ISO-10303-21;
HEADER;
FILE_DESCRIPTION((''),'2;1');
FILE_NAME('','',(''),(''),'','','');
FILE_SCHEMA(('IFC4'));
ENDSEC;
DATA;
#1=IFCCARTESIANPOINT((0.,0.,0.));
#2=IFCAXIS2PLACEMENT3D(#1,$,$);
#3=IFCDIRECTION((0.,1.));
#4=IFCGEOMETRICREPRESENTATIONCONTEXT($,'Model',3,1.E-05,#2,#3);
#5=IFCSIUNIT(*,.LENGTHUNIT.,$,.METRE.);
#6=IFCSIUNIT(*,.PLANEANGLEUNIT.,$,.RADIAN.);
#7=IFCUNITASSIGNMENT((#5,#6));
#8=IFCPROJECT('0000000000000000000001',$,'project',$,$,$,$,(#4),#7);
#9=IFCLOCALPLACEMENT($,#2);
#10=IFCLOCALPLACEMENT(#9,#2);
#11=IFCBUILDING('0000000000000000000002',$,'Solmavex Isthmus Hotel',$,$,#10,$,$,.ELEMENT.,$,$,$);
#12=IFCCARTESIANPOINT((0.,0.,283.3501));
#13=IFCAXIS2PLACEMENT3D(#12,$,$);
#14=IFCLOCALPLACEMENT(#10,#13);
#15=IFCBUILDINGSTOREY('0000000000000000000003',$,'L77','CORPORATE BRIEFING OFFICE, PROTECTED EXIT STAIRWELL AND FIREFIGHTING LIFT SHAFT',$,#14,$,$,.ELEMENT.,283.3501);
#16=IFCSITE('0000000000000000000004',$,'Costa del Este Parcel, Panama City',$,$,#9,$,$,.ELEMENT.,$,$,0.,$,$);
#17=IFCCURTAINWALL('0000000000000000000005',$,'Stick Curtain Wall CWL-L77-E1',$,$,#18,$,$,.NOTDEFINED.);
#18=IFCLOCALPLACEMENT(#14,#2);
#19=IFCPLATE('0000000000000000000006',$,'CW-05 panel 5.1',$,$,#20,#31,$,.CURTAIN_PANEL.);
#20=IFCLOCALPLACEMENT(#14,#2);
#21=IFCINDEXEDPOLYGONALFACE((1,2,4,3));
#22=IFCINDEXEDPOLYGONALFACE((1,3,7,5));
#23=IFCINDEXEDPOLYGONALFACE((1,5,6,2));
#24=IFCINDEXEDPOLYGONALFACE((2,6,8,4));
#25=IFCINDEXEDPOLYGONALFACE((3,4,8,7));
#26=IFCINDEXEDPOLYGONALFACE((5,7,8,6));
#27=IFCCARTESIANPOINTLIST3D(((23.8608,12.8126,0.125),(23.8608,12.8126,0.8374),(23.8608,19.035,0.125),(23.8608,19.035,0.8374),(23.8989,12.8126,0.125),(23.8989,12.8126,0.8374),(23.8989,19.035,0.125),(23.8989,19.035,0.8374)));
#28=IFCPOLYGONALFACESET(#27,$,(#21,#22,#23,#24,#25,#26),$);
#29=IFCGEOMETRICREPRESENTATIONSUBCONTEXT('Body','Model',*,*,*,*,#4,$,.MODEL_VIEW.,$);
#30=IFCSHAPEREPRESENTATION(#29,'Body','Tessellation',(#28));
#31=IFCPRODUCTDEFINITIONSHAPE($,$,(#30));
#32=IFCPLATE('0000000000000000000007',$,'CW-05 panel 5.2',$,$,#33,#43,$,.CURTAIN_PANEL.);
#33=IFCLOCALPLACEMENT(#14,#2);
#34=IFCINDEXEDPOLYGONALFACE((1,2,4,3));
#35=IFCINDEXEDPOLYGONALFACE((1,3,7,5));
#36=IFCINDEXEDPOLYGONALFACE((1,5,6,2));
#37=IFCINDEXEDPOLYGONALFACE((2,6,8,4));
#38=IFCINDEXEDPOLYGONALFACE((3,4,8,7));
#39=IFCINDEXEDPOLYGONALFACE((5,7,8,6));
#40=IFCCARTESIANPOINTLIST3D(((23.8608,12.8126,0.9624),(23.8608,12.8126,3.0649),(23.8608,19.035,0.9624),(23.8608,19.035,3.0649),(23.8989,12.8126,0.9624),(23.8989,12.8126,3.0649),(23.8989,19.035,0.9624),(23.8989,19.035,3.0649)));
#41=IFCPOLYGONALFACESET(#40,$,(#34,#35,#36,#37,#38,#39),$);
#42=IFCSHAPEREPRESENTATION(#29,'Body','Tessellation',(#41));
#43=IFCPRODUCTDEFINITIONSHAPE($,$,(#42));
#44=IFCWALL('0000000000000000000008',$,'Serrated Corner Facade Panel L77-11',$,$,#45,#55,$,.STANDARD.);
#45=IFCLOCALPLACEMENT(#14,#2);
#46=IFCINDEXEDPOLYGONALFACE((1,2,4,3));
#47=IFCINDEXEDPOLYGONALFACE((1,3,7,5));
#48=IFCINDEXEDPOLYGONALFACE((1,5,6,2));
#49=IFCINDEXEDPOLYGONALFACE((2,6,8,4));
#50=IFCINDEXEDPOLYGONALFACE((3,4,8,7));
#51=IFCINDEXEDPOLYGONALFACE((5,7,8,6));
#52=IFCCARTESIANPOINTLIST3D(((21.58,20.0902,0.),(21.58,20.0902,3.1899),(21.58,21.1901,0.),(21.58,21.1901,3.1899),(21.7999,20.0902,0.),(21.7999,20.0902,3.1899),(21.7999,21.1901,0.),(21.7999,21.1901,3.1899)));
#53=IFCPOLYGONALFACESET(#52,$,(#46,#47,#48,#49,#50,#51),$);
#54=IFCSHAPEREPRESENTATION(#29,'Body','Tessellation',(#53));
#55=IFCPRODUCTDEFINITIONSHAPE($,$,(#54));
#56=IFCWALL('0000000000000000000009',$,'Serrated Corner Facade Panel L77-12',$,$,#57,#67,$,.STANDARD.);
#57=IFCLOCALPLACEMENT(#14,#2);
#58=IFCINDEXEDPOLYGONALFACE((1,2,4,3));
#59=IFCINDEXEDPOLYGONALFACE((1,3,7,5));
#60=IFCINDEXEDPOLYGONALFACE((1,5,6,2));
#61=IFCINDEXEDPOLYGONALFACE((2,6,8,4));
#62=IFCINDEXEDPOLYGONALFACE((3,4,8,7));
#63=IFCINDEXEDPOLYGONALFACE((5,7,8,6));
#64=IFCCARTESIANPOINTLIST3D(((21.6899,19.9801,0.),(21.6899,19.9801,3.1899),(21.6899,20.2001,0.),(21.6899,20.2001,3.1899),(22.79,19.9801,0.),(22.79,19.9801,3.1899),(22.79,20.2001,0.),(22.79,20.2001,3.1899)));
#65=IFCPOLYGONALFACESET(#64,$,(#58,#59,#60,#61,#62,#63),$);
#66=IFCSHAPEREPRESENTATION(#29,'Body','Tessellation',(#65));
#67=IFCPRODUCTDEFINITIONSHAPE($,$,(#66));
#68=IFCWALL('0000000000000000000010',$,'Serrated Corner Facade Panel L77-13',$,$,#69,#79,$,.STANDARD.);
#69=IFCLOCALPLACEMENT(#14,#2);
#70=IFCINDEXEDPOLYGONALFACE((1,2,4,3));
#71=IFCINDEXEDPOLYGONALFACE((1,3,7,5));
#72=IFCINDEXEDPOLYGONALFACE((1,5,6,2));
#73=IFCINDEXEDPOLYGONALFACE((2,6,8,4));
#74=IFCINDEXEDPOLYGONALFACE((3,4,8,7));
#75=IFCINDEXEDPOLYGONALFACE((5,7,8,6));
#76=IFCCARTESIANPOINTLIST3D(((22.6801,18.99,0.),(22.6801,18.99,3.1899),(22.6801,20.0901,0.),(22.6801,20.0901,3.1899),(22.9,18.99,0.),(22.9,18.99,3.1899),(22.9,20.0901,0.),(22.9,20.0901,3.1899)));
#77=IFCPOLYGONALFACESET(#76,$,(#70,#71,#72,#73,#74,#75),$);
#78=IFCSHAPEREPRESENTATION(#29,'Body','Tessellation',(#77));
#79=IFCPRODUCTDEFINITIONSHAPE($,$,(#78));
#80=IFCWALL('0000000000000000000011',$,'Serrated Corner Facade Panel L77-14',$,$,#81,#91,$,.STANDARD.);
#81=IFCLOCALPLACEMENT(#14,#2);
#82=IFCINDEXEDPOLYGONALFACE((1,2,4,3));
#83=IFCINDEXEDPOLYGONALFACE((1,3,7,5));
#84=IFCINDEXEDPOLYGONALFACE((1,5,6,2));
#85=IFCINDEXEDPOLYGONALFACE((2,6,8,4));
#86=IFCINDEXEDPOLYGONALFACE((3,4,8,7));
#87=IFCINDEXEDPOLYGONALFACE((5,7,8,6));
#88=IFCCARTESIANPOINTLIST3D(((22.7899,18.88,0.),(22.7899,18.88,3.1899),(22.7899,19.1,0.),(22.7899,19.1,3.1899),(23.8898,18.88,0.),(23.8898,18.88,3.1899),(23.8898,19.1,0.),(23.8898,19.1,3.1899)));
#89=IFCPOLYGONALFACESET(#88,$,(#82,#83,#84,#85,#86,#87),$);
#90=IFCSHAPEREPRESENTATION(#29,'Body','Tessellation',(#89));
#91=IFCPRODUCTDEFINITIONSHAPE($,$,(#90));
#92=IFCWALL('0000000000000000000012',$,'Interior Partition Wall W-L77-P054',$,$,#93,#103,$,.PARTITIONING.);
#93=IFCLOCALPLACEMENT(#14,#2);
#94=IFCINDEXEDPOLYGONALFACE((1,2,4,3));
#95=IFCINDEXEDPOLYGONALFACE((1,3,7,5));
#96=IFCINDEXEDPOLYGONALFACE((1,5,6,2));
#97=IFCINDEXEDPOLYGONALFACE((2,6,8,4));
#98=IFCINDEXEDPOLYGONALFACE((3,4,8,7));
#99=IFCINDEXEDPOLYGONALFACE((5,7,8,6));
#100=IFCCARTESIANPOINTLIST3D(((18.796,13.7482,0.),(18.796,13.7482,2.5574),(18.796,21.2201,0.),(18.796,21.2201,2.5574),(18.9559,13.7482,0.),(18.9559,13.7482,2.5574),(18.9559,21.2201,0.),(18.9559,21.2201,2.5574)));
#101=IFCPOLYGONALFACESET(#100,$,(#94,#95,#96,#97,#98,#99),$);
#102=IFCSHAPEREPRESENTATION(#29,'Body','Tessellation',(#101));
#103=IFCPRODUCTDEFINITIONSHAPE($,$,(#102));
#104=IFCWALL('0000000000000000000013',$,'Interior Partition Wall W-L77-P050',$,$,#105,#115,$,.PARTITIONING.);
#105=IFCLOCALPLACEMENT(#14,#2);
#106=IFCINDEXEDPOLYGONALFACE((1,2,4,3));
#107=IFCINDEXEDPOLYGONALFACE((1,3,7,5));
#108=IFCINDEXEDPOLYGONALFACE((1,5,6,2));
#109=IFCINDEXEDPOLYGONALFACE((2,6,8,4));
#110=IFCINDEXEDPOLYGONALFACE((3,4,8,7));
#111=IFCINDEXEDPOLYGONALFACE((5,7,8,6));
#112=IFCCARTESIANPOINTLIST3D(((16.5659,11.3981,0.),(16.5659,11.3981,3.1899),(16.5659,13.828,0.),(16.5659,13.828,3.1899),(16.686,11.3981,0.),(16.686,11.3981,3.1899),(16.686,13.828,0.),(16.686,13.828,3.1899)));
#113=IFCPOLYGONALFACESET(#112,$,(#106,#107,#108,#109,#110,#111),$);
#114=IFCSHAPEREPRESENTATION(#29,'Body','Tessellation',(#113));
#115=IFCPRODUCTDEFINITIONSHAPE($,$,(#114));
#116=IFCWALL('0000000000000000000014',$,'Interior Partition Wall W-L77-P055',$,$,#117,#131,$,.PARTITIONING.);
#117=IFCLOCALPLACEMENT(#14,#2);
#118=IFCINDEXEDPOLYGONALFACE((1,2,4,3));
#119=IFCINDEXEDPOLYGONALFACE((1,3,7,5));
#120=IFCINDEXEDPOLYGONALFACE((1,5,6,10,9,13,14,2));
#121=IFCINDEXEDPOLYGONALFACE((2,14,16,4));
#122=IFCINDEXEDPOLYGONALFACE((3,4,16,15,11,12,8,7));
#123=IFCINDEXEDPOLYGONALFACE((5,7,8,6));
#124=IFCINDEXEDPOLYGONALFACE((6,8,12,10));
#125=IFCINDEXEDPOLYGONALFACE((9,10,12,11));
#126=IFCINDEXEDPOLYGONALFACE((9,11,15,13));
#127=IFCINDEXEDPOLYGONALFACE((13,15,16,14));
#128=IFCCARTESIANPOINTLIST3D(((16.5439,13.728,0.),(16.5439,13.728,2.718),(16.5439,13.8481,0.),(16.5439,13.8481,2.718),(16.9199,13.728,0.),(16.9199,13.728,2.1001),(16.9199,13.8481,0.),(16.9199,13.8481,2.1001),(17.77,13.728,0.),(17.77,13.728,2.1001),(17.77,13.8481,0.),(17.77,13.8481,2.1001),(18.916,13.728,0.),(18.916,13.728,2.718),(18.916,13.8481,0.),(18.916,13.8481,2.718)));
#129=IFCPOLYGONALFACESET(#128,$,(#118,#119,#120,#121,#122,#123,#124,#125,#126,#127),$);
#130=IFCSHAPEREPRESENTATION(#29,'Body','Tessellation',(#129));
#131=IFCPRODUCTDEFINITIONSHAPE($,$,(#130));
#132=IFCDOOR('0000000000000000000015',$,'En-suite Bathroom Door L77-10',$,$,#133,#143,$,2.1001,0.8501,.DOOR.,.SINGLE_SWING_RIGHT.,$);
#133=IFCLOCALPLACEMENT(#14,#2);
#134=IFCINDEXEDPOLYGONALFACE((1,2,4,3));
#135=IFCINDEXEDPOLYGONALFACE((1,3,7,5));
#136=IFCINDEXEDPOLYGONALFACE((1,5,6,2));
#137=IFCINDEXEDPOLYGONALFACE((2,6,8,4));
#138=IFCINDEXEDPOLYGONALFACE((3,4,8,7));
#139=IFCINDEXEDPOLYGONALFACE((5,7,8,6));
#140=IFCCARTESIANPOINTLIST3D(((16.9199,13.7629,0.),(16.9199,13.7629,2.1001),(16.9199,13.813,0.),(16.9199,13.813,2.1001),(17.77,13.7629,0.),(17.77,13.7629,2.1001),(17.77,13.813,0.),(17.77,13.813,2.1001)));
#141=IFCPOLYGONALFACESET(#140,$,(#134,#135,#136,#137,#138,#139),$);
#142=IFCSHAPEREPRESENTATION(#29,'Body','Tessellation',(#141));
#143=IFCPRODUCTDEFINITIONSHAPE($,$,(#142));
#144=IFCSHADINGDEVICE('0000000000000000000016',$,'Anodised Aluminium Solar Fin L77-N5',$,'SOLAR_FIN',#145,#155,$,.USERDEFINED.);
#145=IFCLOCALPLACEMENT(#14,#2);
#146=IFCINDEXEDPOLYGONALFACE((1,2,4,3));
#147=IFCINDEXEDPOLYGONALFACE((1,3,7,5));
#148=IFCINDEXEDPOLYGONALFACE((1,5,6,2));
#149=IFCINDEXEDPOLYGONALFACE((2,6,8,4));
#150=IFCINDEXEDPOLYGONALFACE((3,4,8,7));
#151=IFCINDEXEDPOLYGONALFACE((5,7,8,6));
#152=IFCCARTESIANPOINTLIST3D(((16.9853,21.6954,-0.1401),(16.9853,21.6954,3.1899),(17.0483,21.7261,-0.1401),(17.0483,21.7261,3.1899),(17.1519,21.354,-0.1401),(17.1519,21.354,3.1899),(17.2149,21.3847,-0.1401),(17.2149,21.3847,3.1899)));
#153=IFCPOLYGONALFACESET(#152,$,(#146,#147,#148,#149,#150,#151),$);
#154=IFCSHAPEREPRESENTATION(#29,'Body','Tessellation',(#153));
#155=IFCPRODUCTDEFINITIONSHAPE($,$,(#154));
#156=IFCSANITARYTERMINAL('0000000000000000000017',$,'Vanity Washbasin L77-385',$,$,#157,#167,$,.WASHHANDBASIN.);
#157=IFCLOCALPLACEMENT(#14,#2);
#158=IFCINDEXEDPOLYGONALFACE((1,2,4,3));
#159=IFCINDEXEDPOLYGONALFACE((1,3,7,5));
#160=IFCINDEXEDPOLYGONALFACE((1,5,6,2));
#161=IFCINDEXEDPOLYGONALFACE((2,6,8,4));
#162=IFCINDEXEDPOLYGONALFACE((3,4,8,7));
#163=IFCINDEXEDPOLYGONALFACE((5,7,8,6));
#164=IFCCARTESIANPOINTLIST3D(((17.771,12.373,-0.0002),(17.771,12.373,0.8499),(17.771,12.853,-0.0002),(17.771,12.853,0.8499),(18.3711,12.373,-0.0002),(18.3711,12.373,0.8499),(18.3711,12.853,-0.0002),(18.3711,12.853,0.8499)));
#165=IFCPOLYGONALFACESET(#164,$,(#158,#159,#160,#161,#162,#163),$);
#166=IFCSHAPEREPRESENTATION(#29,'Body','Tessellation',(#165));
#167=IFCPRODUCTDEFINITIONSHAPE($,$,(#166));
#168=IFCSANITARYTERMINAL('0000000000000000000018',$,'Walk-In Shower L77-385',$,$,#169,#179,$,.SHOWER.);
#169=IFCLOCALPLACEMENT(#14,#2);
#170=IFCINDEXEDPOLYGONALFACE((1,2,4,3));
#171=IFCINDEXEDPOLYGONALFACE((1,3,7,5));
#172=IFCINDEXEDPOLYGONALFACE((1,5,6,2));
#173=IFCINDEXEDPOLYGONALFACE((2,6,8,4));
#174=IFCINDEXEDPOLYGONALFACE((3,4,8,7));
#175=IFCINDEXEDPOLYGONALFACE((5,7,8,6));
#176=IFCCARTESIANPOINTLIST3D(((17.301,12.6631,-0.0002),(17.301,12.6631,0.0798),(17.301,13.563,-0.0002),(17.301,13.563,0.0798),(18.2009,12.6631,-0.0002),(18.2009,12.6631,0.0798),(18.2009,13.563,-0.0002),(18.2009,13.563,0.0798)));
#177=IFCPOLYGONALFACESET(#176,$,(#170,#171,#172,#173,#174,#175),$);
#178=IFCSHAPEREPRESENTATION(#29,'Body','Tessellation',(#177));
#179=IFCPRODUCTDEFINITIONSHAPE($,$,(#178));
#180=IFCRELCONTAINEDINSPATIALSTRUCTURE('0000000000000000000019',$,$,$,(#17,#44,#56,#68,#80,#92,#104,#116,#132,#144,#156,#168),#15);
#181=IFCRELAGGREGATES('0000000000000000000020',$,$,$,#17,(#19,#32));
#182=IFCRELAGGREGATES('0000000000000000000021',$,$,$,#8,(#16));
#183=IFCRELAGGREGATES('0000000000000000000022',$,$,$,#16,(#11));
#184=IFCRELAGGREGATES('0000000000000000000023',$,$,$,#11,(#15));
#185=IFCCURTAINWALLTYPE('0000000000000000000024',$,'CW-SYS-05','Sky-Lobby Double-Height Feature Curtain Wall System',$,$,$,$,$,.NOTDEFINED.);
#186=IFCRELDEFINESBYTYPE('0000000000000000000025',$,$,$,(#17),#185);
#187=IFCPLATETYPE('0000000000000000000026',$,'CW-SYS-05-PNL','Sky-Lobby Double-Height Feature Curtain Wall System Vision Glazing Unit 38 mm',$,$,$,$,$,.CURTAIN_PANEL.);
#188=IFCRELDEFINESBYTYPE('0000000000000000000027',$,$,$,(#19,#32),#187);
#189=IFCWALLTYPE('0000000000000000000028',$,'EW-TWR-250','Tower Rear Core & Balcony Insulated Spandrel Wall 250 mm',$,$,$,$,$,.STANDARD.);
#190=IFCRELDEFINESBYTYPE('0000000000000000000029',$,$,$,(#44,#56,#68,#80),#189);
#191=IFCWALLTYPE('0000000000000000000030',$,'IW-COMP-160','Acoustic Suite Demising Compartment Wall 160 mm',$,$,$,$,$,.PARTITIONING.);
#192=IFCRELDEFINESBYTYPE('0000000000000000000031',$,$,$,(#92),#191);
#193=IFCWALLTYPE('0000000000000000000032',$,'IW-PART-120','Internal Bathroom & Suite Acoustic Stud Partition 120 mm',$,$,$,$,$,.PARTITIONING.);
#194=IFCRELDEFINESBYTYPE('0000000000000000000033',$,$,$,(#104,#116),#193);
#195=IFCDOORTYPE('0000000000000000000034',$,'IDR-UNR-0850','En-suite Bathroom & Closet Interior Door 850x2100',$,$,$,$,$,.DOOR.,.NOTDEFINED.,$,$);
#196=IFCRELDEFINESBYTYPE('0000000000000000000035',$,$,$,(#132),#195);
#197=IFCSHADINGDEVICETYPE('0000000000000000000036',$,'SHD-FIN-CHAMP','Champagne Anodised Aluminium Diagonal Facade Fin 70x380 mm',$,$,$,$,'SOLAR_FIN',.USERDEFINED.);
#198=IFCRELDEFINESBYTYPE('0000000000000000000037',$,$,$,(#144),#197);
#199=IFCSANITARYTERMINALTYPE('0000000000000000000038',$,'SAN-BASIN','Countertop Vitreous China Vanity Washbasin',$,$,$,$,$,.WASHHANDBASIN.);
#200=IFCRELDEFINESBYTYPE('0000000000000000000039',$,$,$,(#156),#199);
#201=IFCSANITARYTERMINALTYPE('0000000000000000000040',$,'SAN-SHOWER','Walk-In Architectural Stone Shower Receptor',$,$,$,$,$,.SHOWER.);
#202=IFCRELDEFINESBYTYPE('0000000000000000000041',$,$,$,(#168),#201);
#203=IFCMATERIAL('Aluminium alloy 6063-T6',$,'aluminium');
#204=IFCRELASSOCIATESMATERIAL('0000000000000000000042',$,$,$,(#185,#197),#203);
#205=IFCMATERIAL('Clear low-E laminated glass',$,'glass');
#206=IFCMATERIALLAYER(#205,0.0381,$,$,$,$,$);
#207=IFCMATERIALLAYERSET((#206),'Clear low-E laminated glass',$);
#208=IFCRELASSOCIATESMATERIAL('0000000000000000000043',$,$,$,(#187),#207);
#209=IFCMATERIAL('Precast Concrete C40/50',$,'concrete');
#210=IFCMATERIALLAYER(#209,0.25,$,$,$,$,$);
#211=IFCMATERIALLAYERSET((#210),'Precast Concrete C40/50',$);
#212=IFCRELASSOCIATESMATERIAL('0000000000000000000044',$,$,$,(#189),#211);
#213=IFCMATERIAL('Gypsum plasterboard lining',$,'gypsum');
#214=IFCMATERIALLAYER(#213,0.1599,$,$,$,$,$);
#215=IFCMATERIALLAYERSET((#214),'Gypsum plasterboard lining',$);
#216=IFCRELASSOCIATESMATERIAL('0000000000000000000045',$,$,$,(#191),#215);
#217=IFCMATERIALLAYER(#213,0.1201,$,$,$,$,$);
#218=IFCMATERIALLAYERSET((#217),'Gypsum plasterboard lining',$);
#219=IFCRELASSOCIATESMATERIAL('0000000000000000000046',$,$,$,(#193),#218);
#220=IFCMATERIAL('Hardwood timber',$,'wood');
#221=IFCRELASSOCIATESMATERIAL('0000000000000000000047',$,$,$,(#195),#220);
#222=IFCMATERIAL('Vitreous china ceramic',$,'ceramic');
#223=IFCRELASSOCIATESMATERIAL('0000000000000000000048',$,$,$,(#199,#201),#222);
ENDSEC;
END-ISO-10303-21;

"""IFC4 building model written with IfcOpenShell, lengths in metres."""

from ifc_helpers import new_model, si_unit, direction, frame, frame_2d, origin, origin_2d, place, context, subcontext, project, spatial, rectangle, extrude, material, layer, layer_set, type_object, element, fill, aggregate, save


model = new_model("IFC4")

# Units and contexts
model_context = context("Model", 3, precision=1e-05, world=origin(), true_north=direction((0.0, 1.0)))
body_context = subcontext(model_context, "Body", "Model", "MODEL_VIEW")
ifc_project = project(units=[si_unit("LENGTHUNIT", "METRE"), si_unit("PLANEANGLEUNIT", "RADIAN")], contexts=[model_context])

# Site, building, storey
site_placement = place(None, origin())
site = spatial("IfcSite", under=ifc_project, at=site_placement, Name="Costa del Este Parcel, Panama City", CompositionType="ELEMENT", RefElevation=0.0)
building_placement = place(site_placement, origin())
building = spatial("IfcBuilding", under=site, at=building_placement, Name="Solmavex Isthmus Hotel", CompositionType="ELEMENT")
storey_placement = place(building_placement, frame((0.0, 0.0, 283.3501)))
storey = spatial("IfcBuildingStorey", under=building, at=storey_placement, Name="L77", Description="CORPORATE BRIEFING OFFICE, PROTECTED EXIT STAIRWELL AND FIREFIGHTING LIFT SHAFT", CompositionType="ELEMENT", Elevation=283.3501)

# Shared definitions
ifc_material_1 = material(Name="Aluminium alloy 6063-T6", Category="aluminium")
curtain_wall_type = type_object("IfcCurtainWallType", Name="CW-SYS-05", Description="Sky-Lobby Double-Height Feature Curtain Wall System", PredefinedType="NOTDEFINED", material=ifc_material_1)

# Curtain wall
curtain_wall_1_placement = place(storey_placement, origin())
curtain_wall_1 = element("IfcCurtainWall", 1, at=curtain_wall_1_placement, inside=storey, type_object=curtain_wall_type, Name="Stick Curtain Wall CWL-L77-E1", PredefinedType="NOTDEFINED")

# Plates
ifc_material_2 = material(Name="Clear low-E laminated glass", Category="glass")
ifc_layer_1 = layer(ifc_material_2, 0.0381)
ifc_layer_set_1 = layer_set([ifc_layer_1], Name="Clear low-E laminated glass")
plate_type = type_object("IfcPlateType", Name="CW-SYS-05-PNL", Description="Sky-Lobby Double-Height Feature Curtain Wall System Vision Glazing Unit 38 mm", PredefinedType="CURTAIN_PANEL", material=ifc_layer_set_1)
plate_1_placement = place(storey_placement, frame((23.8799, 15.9238, 0.125), z_axis=(0.0, 0.0, 1.0), x_axis=(0.0, 1.0, 0.0)))
plate_1 = element("IfcPlate", 2, at=plate_1_placement, type_object=plate_type, Name="CW-05 panel 5.1", PredefinedType="CURTAIN_PANEL", context=body_context, shape_type="SweptSolid", body=[
    extrude(rectangle(XDim=6.2224, YDim=0.0381, at=origin_2d()), origin(), (0.0, 0.0, 1.0), 0.7124),
])
plate_2_placement = place(storey_placement, frame((23.8799, 15.9238, 0.9624), z_axis=(0.0, 0.0, 1.0), x_axis=(0.0, 1.0, 0.0)))
plate_2 = element("IfcPlate", 3, at=plate_2_placement, type_object=plate_type, Name="CW-05 panel 5.2", PredefinedType="CURTAIN_PANEL", context=body_context, shape_type="SweptSolid", body=[
    extrude(rectangle(XDim=6.2224, YDim=0.0381, at=origin_2d()), origin(), (0.0, 0.0, 1.0), 2.1025),
])
aggregate(curtain_wall_1, [plate_1, plate_2])

# Walls
ifc_material_3 = material(Name="Precast Concrete C40/50", Category="concrete")
ifc_layer_2 = layer(ifc_material_3, 0.25)
ifc_layer_set_2 = layer_set([ifc_layer_2], Name="Precast Concrete C40/50")
wall_type_1 = type_object("IfcWallType", Name="EW-TWR-250", Description="Tower Rear Core & Balcony Insulated Spandrel Wall 250 mm", PredefinedType="STANDARD", material=ifc_layer_set_2)
wall_1_placement = place(storey_placement, frame((21.6899, 21.1899, 0.0), z_axis=(0.0, 0.0, 1.0), x_axis=(0.0, -1.0, 0.0)))
element("IfcWall", 4, at=wall_1_placement, inside=storey, type_object=wall_type_1, Name="Serrated Corner Facade Panel L77-11", PredefinedType="STANDARD", context=body_context, shape_type="SweptSolid", body=[
    extrude(rectangle(XDim=1.0999, YDim=0.22, at=frame_2d((0.5498, 0.0))), origin(), (0.0, 0.0, 1.0), 3.1899),
])
for number, where, z_axis, x_axis, name in (
    (5, (21.6899, 20.0901, 0.0), (0.0, 0.0, 1.0), (1.0, 0.0, 0.0), "Serrated Corner Facade Panel L77-12"),
    (6, (22.79, 20.0901, 0.0), (0.0, 0.0, 1.0), (0.0, -1.0, 0.0), "Serrated Corner Facade Panel L77-13"),
):
    element("IfcWall", number, at=place(storey_placement, frame(where, z_axis=z_axis, x_axis=x_axis)), inside=storey, type_object=wall_type_1, Name=name, PredefinedType="STANDARD", context=body_context, shape_type="SweptSolid", body=[
        extrude(rectangle(XDim=1.1001, YDim=0.22, at=frame_2d((0.55, 0.0))), origin(), (0.0, 0.0, 1.0), 3.1899),
    ])
wall_2_placement = place(storey_placement, frame((22.79, 18.99, 0.0), z_axis=(0.0, 0.0, 1.0), x_axis=(1.0, 0.0, 0.0)))
element("IfcWall", 7, at=wall_2_placement, inside=storey, type_object=wall_type_1, Name="Serrated Corner Facade Panel L77-14", PredefinedType="STANDARD", context=body_context, shape_type="SweptSolid", body=[
    extrude(rectangle(XDim=1.0999, YDim=0.22, at=frame_2d((0.5498, 0.0))), origin(), (0.0, 0.0, 1.0), 3.1899),
])

# Shared definitions
ifc_material_4 = material(Name="Gypsum plasterboard lining", Category="gypsum")
ifc_layer_3 = layer(ifc_material_4, 0.1599)
ifc_layer_set_3 = layer_set([ifc_layer_3], Name="Gypsum plasterboard lining")
wall_type_2 = type_object("IfcWallType", Name="IW-COMP-160", Description="Acoustic Suite Demising Compartment Wall 160 mm", PredefinedType="PARTITIONING", material=ifc_layer_set_3)
ifc_material_5 = material(Name="Hardwood timber", Category="wood")

# Walls
wall_3_placement = place(storey_placement, frame((18.876, 21.22, 0.0), z_axis=(0.0, 0.0, 1.0), x_axis=(0.0, -1.0, 0.0)))
element("IfcWall", 8, at=wall_3_placement, inside=storey, type_object=wall_type_2, Name="Interior Partition Wall W-L77-P054", PredefinedType="PARTITIONING", context=body_context, shape_type="SweptSolid", body=[
    extrude(rectangle(XDim=7.4719, YDim=0.1599, at=frame_2d((3.7358, 0.0))), origin(), (0.0, 0.0, 1.0), 2.5574),
])
ifc_layer_4 = layer(ifc_material_4, 0.1201)
ifc_layer_set_4 = layer_set([ifc_layer_4], Name="Gypsum plasterboard lining")
wall_type_3 = type_object("IfcWallType", Name="IW-PART-120", Description="Internal Bathroom & Suite Acoustic Stud Partition 120 mm", PredefinedType="PARTITIONING", material=ifc_layer_set_4)
wall_4_placement = place(storey_placement, frame((16.626, 13.8279, 0.0), z_axis=(0.0, 0.0, 1.0), x_axis=(0.0, -1.0, 0.0)))
element("IfcWall", 9, at=wall_4_placement, inside=storey, type_object=wall_type_3, Name="Interior Partition Wall W-L77-P050", PredefinedType="PARTITIONING", context=body_context, shape_type="SweptSolid", body=[
    extrude(rectangle(XDim=2.4299, YDim=0.1201, at=frame_2d((1.2148, 0.0))), origin(), (0.0, 0.0, 1.0), 3.1899),
])

# Wall, opening, door
wall_5_placement = place(storey_placement, frame((18.916, 13.7881, 0.0), z_axis=(0.0, 0.0, 1.0), x_axis=(-1.0, 0.0, 0.0)))
wall_5 = element("IfcWall", 10, at=wall_5_placement, inside=storey, type_object=wall_type_3, Name="Interior Partition Wall W-L77-P055", PredefinedType="PARTITIONING", context=body_context, shape_type="SweptSolid", body=[
    extrude(rectangle(XDim=2.3721, YDim=0.1201, at=frame_2d((1.186, 0.0))), origin(), (0.0, 0.0, 1.0), 2.718),
])
opening_1_placement = place(wall_5_placement, frame((1.146, 0.0, 0.0)))
opening_1 = element("IfcOpeningElement", 11, at=opening_1_placement, cuts=wall_5, PredefinedType="OPENING", context=body_context, shape_type="SweptSolid", body=[
    extrude(rectangle(XDim=0.8501, YDim=2.1001, at=frame_2d((0.425, 1.05))), frame((0.0, 0.0701, 0.0), z_axis=(0.0, -1.0, 0.0), x_axis=(1.0, 0.0, 0.0)), (0.0, 0.0, 1.0), 0.1401),
])
door_type_1 = type_object("IfcDoorType", Name="IDR-UNR-0850", Description="En-suite Bathroom & Closet Interior Door 850x2100", OperationType="NOTDEFINED", PredefinedType="DOOR", material=ifc_material_5)
door_1_placement = place(opening_1_placement, frame((0.8501, 0.0, 0.0), z_axis=(0.0, 0.0, 1.0), x_axis=(-1.0, 0.0, 0.0)))
door_1 = element("IfcDoor", 12, at=door_1_placement, inside=storey, type_object=door_type_1, Name="En-suite Bathroom Door L77-10", OperationType="SINGLE_SWING_RIGHT", OverallHeight=2.1001, OverallWidth=0.8501, PredefinedType="DOOR", context=body_context, shape_type="SweptSolid", body=[
    extrude(rectangle(XDim=0.8501, YDim=2.1001, at=frame_2d((0.425, 1.05))), frame((0.0, 0.0249, 0.0), z_axis=(0.0, -1.0, 0.0), x_axis=(1.0, 0.0, 0.0)), (0.0, 0.0, 1.0), 0.05),
])
fill(opening_1, door_1)

# Shading device
shading_device_type = type_object("IfcShadingDeviceType", Name="SHD-FIN-CHAMP", Description="Champagne Anodised Aluminium Diagonal Facade Fin 70x380 mm", ElementType="SOLAR_FIN", PredefinedType="USERDEFINED", material=ifc_material_1)
shading_device_placement = place(storey_placement, frame((17.1001, 21.54, -0.1401), z_axis=(0.0, 0.0, 1.0), x_axis=(-0.438371, 0.898794, 0.0)))
element("IfcShadingDevice", 13, at=shading_device_placement, inside=storey, type_object=shading_device_type, Name="Anodised Aluminium Solar Fin L77-N5", ObjectType="SOLAR_FIN", PredefinedType="USERDEFINED", context=body_context, shape_type="SweptSolid", body=[
    extrude(rectangle(XDim=0.3799, YDim=0.0701, at=origin_2d()), origin(), (0.0, 0.0, 1.0), 3.3301),
])

# Sanitary terminals
ifc_material_6 = material(Name="Vitreous china ceramic", Category="ceramic")
sanitary_terminal_type_1 = type_object("IfcSanitaryTerminalType", Name="SAN-BASIN", Description="Countertop Vitreous China Vanity Washbasin", PredefinedType="WASHHANDBASIN", material=ifc_material_6)
sanitary_terminal_1_placement = place(storey_placement, frame((18.071, 12.613, -0.0002), z_axis=(0.0, 0.0, 1.0), x_axis=(1.0, 0.0, 0.0)))
element("IfcSanitaryTerminal", 14, at=sanitary_terminal_1_placement, inside=storey, type_object=sanitary_terminal_type_1, Name="Vanity Washbasin L77-385", PredefinedType="WASHHANDBASIN", context=body_context, shape_type="SweptSolid", body=[
    extrude(rectangle(XDim=0.6001, YDim=0.48, at=origin_2d()), origin(), (0.0, 0.0, 1.0), 0.8501),
])
sanitary_terminal_type_2 = type_object("IfcSanitaryTerminalType", Name="SAN-SHOWER", Description="Walk-In Architectural Stone Shower Receptor", PredefinedType="SHOWER", material=ifc_material_6)
sanitary_terminal_2_placement = place(storey_placement, frame((17.751, 13.113, -0.0002), z_axis=(0.0, 0.0, 1.0), x_axis=(1.0, 0.0, 0.0)))
element("IfcSanitaryTerminal", 15, at=sanitary_terminal_2_placement, inside=storey, type_object=sanitary_terminal_type_2, Name="Walk-In Shower L77-385", PredefinedType="SHOWER", context=body_context, shape_type="SweptSolid", body=[
    extrude(rectangle(XDim=0.8999, YDim=0.8999, at=origin_2d()), origin(), (0.0, 0.0, 1.0), 0.0801),
])

save(model, "model.ifc")
